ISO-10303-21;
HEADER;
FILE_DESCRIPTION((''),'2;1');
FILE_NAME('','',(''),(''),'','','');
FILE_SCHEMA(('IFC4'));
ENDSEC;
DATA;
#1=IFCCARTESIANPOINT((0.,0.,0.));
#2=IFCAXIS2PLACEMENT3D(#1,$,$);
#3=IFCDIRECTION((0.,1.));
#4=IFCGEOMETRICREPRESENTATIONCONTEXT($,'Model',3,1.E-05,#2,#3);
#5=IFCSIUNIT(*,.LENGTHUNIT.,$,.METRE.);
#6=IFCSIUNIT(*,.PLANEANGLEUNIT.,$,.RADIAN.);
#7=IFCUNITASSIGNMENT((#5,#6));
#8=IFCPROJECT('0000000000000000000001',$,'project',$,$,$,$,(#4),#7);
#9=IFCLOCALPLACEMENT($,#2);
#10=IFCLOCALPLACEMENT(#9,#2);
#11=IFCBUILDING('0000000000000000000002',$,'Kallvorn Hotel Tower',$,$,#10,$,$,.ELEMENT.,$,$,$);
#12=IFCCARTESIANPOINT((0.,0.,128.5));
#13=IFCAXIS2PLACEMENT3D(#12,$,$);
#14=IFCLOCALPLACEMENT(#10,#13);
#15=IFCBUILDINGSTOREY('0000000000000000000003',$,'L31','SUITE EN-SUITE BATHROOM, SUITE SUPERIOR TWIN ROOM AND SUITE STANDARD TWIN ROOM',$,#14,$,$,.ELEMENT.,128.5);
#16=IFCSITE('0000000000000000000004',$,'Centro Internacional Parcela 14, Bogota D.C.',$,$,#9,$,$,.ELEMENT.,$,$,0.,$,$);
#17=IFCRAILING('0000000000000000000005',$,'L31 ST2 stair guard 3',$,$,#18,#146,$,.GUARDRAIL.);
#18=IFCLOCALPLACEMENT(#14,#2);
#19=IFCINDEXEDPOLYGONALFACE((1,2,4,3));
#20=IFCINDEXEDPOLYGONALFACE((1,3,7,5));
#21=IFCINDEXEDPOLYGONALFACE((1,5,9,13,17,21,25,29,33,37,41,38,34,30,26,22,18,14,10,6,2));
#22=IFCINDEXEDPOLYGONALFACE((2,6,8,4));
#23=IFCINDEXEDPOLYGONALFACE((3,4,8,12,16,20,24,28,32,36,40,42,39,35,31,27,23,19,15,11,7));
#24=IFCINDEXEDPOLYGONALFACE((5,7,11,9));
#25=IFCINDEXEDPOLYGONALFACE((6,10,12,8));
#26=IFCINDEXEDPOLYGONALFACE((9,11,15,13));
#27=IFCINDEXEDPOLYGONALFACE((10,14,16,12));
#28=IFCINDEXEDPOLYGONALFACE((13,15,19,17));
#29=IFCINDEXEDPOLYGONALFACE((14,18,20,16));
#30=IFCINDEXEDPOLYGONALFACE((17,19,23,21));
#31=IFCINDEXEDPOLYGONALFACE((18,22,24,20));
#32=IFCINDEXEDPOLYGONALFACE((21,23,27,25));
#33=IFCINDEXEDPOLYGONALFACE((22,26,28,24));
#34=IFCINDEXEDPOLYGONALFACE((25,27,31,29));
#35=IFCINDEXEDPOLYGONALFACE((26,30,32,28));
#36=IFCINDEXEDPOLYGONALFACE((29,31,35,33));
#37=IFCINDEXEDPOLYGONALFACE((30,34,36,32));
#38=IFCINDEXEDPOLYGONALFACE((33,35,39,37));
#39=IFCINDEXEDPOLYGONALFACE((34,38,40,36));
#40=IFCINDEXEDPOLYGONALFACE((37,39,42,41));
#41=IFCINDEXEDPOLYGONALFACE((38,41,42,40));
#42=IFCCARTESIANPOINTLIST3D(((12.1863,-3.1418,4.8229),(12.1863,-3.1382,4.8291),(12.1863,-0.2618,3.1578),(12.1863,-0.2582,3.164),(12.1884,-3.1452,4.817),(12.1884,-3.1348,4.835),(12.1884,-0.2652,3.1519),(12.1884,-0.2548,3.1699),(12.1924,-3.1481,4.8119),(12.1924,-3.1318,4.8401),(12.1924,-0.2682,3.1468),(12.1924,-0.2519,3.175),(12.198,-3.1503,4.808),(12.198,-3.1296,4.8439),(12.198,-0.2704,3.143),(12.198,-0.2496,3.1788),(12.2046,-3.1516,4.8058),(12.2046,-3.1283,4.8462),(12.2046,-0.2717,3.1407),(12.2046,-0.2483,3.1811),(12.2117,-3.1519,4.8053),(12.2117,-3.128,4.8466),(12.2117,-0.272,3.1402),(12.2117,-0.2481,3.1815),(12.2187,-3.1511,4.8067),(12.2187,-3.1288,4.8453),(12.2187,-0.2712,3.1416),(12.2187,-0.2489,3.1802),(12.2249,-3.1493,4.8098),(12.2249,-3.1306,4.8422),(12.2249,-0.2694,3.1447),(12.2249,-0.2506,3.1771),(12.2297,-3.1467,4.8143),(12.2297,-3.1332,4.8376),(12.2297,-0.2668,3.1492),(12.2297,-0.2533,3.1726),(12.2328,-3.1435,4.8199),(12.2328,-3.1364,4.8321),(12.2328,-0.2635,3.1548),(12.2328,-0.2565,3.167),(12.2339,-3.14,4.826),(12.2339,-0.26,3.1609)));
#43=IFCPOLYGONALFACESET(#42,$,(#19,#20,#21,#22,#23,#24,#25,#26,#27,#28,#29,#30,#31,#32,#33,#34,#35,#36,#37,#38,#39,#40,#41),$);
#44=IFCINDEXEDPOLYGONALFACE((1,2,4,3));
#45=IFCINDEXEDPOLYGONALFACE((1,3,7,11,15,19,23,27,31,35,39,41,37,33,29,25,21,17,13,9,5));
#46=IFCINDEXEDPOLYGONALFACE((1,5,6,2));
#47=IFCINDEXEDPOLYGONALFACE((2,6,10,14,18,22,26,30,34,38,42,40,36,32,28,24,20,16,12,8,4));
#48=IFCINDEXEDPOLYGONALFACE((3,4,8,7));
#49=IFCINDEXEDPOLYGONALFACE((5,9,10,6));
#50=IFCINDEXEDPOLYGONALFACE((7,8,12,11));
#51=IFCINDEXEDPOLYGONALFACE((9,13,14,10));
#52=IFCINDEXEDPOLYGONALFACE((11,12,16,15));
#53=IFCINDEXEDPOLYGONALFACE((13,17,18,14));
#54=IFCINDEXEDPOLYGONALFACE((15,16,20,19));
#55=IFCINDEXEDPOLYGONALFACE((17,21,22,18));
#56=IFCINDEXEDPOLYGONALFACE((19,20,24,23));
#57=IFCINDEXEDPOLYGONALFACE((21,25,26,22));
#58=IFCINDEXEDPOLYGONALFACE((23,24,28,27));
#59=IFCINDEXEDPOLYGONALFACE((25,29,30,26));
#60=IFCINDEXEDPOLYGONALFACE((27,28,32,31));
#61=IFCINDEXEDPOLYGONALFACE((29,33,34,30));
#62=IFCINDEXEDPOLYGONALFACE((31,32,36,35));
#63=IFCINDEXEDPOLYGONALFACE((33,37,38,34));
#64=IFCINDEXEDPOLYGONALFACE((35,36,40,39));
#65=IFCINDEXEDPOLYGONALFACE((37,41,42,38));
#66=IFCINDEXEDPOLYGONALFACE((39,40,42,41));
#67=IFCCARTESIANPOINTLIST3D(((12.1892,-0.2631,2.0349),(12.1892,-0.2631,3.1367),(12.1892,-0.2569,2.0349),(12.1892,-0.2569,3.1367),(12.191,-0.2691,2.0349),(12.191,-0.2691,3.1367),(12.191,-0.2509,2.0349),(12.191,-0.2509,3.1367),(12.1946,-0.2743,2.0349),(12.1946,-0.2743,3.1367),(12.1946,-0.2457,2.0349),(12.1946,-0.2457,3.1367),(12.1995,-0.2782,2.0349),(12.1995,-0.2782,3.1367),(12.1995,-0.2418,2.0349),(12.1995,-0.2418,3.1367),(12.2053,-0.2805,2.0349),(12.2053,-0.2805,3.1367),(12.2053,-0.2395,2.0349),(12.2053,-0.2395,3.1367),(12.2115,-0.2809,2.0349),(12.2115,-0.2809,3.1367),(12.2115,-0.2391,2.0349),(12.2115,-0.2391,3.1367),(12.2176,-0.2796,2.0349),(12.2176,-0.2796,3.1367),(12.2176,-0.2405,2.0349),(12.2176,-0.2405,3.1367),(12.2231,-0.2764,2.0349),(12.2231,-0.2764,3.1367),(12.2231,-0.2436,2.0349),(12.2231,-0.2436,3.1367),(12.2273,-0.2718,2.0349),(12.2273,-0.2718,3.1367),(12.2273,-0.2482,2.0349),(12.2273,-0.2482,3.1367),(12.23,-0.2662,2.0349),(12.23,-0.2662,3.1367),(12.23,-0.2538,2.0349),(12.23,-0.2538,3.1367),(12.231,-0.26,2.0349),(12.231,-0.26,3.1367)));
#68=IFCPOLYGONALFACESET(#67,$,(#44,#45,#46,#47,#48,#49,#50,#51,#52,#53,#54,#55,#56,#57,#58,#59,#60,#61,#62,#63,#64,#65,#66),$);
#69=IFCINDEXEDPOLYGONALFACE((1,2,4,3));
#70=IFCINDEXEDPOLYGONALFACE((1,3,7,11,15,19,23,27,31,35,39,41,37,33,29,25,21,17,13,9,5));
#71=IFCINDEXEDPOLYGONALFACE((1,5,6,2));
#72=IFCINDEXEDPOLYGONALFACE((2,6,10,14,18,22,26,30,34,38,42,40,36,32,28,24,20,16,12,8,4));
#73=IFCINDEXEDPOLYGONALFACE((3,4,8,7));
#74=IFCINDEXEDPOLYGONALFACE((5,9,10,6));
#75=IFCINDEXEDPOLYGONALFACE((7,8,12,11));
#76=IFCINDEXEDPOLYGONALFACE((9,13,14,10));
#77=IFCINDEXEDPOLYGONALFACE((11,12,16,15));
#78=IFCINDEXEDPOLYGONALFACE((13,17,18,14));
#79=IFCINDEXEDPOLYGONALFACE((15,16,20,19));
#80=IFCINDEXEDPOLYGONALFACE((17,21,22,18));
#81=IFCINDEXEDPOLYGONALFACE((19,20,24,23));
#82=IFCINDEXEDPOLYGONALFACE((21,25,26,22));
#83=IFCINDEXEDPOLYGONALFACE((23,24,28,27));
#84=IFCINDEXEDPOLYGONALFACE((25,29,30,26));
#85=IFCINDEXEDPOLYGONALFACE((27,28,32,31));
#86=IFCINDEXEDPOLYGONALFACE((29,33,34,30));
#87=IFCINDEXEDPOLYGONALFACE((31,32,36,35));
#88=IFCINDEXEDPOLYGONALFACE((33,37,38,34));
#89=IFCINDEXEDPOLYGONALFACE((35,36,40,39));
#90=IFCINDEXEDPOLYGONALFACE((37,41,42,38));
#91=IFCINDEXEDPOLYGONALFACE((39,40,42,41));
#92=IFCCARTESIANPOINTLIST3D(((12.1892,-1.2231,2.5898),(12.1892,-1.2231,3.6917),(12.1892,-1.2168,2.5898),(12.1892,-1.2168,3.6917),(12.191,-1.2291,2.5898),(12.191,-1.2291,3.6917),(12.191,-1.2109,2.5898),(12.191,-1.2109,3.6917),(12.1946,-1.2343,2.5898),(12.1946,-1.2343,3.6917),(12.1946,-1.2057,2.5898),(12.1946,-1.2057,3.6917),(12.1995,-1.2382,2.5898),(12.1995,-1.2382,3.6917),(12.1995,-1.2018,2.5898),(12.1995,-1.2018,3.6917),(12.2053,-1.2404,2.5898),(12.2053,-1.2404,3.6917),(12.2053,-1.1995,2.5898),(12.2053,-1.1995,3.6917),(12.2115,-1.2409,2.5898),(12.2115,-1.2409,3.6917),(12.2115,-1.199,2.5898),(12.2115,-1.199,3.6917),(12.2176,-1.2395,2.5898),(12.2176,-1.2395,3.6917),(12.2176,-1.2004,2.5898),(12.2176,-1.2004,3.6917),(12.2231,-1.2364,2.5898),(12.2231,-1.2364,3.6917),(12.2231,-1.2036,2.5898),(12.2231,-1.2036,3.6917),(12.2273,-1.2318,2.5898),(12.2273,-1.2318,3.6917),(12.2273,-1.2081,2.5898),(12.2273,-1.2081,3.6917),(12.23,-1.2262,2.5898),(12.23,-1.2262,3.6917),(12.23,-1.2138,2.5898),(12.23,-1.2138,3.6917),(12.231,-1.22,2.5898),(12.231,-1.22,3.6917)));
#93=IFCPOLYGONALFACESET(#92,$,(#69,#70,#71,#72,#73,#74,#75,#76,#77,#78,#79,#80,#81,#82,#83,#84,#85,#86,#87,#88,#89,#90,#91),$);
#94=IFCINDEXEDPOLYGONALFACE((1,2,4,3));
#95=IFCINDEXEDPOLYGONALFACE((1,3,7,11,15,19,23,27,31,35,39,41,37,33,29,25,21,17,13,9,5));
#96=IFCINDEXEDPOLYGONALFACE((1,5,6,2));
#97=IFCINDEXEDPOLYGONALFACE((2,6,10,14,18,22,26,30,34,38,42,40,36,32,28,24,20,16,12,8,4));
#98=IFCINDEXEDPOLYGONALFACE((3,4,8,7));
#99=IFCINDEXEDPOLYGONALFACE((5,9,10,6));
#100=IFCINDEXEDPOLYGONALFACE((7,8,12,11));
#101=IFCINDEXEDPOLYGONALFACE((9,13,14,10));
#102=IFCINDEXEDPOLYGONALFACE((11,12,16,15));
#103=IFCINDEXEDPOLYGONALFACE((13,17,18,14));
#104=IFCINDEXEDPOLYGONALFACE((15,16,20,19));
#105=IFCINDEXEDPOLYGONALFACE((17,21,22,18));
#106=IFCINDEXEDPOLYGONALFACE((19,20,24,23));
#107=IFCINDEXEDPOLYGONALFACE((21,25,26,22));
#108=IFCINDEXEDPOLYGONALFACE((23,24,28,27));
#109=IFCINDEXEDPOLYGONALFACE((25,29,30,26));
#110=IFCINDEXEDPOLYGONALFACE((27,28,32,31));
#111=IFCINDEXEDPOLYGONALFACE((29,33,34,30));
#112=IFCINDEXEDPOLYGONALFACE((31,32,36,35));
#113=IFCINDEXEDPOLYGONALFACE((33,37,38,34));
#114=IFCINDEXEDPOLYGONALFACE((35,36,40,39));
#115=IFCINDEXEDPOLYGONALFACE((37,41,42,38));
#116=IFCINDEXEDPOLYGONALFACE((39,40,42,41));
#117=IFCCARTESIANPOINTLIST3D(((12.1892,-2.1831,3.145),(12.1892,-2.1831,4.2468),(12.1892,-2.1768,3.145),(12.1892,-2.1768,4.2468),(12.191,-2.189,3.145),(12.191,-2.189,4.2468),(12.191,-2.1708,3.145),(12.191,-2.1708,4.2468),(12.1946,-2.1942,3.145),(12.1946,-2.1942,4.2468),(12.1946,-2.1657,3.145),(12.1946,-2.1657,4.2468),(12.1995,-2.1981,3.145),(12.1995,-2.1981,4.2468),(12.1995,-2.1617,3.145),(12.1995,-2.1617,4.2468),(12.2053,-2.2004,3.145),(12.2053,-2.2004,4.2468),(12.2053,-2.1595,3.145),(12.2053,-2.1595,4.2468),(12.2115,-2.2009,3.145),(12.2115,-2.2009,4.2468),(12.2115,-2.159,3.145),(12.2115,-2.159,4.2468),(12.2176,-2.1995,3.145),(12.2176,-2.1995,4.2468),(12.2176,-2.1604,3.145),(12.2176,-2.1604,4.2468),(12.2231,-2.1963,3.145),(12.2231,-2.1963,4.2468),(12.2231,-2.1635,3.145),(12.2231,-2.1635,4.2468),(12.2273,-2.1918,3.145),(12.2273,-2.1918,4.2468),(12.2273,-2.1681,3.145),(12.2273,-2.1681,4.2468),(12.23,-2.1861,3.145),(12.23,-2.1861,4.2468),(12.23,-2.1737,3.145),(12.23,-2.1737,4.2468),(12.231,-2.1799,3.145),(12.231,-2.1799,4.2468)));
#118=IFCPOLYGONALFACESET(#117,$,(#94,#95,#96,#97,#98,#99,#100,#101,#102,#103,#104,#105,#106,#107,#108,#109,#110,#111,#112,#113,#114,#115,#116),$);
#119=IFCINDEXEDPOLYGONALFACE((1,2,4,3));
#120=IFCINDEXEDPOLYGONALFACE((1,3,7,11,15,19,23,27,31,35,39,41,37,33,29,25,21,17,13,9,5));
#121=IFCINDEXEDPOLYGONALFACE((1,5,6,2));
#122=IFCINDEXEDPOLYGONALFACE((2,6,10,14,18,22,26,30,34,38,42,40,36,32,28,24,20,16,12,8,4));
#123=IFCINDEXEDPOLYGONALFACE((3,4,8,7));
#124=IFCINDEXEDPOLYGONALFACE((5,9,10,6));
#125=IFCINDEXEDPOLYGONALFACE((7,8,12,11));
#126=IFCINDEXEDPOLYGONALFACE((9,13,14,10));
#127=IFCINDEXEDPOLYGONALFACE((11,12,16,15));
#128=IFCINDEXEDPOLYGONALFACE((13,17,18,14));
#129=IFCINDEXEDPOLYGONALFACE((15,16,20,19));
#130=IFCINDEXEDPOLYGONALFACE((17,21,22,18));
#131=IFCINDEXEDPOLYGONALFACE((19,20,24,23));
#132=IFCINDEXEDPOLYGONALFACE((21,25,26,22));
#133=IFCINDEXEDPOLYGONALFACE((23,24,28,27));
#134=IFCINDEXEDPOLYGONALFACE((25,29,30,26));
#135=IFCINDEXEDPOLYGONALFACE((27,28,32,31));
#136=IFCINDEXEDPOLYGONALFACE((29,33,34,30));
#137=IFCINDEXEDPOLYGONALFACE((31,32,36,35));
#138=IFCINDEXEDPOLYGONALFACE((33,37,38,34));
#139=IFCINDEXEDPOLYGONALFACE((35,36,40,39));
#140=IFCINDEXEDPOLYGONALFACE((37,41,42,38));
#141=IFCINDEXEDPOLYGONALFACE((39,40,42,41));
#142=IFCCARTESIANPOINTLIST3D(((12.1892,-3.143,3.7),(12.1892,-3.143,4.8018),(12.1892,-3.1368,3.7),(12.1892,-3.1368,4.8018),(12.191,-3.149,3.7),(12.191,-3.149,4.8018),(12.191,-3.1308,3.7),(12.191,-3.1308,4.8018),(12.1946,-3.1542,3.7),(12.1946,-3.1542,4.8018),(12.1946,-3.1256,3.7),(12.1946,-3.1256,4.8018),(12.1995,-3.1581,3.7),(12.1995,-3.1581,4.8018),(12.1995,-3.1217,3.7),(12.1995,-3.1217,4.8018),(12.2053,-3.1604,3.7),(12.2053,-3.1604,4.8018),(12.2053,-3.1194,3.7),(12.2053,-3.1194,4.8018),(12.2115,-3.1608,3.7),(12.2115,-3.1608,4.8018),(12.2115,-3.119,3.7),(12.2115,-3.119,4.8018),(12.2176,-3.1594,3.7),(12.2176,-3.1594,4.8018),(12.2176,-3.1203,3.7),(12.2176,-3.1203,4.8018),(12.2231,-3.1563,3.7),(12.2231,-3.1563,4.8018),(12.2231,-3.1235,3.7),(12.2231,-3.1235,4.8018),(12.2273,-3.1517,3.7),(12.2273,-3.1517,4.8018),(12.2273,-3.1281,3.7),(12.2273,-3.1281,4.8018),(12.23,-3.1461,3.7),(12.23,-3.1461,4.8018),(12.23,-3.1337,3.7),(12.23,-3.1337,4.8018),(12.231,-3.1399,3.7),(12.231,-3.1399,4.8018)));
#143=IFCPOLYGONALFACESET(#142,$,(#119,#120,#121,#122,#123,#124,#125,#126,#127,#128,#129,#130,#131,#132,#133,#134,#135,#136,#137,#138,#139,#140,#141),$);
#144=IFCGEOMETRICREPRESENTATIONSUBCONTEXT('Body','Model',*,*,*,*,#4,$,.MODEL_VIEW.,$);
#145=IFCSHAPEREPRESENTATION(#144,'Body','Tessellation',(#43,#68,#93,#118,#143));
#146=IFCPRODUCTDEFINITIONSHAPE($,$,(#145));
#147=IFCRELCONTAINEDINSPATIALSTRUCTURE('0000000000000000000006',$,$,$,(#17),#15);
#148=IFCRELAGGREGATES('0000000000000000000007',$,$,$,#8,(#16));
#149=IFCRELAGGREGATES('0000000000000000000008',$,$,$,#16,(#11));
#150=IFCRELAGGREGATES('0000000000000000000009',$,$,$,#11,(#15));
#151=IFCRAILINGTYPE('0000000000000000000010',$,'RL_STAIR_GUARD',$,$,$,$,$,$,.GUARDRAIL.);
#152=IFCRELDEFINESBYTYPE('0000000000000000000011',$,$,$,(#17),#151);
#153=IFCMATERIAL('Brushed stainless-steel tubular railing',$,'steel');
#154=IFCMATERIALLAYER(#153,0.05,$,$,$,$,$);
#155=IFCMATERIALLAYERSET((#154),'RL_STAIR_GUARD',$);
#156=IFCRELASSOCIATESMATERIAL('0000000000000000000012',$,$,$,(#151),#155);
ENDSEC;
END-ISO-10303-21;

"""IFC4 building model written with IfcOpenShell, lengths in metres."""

from ifc_helpers import new_model, si_unit, direction, frame, origin, origin_2d, place, context, subcontext, project, spatial, circle, extrude, material, layer, layer_set, type_object, element, save


model = new_model("IFC4")

# Units and contexts
model_context = context("Model", 3, precision=1e-05, world=origin(), true_north=direction((0.0, 1.0)))
body_context = subcontext(model_context, "Body", "Model", "MODEL_VIEW")
ifc_project = project(units=[si_unit("LENGTHUNIT", "METRE"), si_unit("PLANEANGLEUNIT", "RADIAN")], contexts=[model_context])

# Site, building, storey
site_placement = place(None, origin())
site = spatial("IfcSite", under=ifc_project, at=site_placement, Name="Centro Internacional Parcela 14, Bogota D.C.", CompositionType="ELEMENT", RefElevation=0.0)
building_placement = place(site_placement, origin())
building = spatial("IfcBuilding", under=site, at=building_placement, Name="Kallvorn Hotel Tower", CompositionType="ELEMENT")
storey_placement = place(building_placement, frame((0.0, 0.0, 128.5)))
storey = spatial("IfcBuildingStorey", under=building, at=storey_placement, Name="L31", Description="SUITE EN-SUITE BATHROOM, SUITE SUPERIOR TWIN ROOM AND SUITE STANDARD TWIN ROOM", CompositionType="ELEMENT", Elevation=128.5)

# Railing
ifc_material_1 = material(Name="Brushed stainless-steel tubular railing", Category="steel")
ifc_layer_1 = layer(ifc_material_1, 0.05)
ifc_layer_set_1 = layer_set([ifc_layer_1], Name="RL_STAIR_GUARD")
railing_type_1 = type_object("IfcRailingType", Name="RL_STAIR_GUARD", PredefinedType="GUARDRAIL", material=ifc_layer_set_1)
railing_1_placement = place(storey_placement, frame((12.21, -0.26, 2.0349)))
element("IfcRailing", 1, at=railing_1_placement, inside=storey, type_object=railing_type_1, Name="L31 ST2 stair guard 3", PredefinedType="GUARDRAIL", context=body_context, shape_type="SweptSolid", body=[
    extrude(circle(Radius=0.0239, at=origin_2d()), frame((0.0, 0.0, 1.126), z_axis=(0.0, -0.865721, 0.500527), x_axis=(1.0, 0.0, 0.0)), (0.0, 0.0, 1.0), 3.3267),
    extrude(circle(Radius=0.021, at=origin_2d()), origin(), (0.0, 0.0, 1.0), 1.1018),
    extrude(circle(Radius=0.021, at=origin_2d()), frame((0.0, -0.96, 0.5549)), (0.0, 0.0, 1.0), 1.1018),
    extrude(circle(Radius=0.021, at=origin_2d()), frame((0.0, -1.9199, 1.1101)), (0.0, 0.0, 1.0), 1.1018),
    extrude(circle(Radius=0.021, at=origin_2d()), frame((0.0, -2.8799, 1.665)), (0.0, 0.0, 1.0), 1.1018),
])

save(model, "model.ifc")
